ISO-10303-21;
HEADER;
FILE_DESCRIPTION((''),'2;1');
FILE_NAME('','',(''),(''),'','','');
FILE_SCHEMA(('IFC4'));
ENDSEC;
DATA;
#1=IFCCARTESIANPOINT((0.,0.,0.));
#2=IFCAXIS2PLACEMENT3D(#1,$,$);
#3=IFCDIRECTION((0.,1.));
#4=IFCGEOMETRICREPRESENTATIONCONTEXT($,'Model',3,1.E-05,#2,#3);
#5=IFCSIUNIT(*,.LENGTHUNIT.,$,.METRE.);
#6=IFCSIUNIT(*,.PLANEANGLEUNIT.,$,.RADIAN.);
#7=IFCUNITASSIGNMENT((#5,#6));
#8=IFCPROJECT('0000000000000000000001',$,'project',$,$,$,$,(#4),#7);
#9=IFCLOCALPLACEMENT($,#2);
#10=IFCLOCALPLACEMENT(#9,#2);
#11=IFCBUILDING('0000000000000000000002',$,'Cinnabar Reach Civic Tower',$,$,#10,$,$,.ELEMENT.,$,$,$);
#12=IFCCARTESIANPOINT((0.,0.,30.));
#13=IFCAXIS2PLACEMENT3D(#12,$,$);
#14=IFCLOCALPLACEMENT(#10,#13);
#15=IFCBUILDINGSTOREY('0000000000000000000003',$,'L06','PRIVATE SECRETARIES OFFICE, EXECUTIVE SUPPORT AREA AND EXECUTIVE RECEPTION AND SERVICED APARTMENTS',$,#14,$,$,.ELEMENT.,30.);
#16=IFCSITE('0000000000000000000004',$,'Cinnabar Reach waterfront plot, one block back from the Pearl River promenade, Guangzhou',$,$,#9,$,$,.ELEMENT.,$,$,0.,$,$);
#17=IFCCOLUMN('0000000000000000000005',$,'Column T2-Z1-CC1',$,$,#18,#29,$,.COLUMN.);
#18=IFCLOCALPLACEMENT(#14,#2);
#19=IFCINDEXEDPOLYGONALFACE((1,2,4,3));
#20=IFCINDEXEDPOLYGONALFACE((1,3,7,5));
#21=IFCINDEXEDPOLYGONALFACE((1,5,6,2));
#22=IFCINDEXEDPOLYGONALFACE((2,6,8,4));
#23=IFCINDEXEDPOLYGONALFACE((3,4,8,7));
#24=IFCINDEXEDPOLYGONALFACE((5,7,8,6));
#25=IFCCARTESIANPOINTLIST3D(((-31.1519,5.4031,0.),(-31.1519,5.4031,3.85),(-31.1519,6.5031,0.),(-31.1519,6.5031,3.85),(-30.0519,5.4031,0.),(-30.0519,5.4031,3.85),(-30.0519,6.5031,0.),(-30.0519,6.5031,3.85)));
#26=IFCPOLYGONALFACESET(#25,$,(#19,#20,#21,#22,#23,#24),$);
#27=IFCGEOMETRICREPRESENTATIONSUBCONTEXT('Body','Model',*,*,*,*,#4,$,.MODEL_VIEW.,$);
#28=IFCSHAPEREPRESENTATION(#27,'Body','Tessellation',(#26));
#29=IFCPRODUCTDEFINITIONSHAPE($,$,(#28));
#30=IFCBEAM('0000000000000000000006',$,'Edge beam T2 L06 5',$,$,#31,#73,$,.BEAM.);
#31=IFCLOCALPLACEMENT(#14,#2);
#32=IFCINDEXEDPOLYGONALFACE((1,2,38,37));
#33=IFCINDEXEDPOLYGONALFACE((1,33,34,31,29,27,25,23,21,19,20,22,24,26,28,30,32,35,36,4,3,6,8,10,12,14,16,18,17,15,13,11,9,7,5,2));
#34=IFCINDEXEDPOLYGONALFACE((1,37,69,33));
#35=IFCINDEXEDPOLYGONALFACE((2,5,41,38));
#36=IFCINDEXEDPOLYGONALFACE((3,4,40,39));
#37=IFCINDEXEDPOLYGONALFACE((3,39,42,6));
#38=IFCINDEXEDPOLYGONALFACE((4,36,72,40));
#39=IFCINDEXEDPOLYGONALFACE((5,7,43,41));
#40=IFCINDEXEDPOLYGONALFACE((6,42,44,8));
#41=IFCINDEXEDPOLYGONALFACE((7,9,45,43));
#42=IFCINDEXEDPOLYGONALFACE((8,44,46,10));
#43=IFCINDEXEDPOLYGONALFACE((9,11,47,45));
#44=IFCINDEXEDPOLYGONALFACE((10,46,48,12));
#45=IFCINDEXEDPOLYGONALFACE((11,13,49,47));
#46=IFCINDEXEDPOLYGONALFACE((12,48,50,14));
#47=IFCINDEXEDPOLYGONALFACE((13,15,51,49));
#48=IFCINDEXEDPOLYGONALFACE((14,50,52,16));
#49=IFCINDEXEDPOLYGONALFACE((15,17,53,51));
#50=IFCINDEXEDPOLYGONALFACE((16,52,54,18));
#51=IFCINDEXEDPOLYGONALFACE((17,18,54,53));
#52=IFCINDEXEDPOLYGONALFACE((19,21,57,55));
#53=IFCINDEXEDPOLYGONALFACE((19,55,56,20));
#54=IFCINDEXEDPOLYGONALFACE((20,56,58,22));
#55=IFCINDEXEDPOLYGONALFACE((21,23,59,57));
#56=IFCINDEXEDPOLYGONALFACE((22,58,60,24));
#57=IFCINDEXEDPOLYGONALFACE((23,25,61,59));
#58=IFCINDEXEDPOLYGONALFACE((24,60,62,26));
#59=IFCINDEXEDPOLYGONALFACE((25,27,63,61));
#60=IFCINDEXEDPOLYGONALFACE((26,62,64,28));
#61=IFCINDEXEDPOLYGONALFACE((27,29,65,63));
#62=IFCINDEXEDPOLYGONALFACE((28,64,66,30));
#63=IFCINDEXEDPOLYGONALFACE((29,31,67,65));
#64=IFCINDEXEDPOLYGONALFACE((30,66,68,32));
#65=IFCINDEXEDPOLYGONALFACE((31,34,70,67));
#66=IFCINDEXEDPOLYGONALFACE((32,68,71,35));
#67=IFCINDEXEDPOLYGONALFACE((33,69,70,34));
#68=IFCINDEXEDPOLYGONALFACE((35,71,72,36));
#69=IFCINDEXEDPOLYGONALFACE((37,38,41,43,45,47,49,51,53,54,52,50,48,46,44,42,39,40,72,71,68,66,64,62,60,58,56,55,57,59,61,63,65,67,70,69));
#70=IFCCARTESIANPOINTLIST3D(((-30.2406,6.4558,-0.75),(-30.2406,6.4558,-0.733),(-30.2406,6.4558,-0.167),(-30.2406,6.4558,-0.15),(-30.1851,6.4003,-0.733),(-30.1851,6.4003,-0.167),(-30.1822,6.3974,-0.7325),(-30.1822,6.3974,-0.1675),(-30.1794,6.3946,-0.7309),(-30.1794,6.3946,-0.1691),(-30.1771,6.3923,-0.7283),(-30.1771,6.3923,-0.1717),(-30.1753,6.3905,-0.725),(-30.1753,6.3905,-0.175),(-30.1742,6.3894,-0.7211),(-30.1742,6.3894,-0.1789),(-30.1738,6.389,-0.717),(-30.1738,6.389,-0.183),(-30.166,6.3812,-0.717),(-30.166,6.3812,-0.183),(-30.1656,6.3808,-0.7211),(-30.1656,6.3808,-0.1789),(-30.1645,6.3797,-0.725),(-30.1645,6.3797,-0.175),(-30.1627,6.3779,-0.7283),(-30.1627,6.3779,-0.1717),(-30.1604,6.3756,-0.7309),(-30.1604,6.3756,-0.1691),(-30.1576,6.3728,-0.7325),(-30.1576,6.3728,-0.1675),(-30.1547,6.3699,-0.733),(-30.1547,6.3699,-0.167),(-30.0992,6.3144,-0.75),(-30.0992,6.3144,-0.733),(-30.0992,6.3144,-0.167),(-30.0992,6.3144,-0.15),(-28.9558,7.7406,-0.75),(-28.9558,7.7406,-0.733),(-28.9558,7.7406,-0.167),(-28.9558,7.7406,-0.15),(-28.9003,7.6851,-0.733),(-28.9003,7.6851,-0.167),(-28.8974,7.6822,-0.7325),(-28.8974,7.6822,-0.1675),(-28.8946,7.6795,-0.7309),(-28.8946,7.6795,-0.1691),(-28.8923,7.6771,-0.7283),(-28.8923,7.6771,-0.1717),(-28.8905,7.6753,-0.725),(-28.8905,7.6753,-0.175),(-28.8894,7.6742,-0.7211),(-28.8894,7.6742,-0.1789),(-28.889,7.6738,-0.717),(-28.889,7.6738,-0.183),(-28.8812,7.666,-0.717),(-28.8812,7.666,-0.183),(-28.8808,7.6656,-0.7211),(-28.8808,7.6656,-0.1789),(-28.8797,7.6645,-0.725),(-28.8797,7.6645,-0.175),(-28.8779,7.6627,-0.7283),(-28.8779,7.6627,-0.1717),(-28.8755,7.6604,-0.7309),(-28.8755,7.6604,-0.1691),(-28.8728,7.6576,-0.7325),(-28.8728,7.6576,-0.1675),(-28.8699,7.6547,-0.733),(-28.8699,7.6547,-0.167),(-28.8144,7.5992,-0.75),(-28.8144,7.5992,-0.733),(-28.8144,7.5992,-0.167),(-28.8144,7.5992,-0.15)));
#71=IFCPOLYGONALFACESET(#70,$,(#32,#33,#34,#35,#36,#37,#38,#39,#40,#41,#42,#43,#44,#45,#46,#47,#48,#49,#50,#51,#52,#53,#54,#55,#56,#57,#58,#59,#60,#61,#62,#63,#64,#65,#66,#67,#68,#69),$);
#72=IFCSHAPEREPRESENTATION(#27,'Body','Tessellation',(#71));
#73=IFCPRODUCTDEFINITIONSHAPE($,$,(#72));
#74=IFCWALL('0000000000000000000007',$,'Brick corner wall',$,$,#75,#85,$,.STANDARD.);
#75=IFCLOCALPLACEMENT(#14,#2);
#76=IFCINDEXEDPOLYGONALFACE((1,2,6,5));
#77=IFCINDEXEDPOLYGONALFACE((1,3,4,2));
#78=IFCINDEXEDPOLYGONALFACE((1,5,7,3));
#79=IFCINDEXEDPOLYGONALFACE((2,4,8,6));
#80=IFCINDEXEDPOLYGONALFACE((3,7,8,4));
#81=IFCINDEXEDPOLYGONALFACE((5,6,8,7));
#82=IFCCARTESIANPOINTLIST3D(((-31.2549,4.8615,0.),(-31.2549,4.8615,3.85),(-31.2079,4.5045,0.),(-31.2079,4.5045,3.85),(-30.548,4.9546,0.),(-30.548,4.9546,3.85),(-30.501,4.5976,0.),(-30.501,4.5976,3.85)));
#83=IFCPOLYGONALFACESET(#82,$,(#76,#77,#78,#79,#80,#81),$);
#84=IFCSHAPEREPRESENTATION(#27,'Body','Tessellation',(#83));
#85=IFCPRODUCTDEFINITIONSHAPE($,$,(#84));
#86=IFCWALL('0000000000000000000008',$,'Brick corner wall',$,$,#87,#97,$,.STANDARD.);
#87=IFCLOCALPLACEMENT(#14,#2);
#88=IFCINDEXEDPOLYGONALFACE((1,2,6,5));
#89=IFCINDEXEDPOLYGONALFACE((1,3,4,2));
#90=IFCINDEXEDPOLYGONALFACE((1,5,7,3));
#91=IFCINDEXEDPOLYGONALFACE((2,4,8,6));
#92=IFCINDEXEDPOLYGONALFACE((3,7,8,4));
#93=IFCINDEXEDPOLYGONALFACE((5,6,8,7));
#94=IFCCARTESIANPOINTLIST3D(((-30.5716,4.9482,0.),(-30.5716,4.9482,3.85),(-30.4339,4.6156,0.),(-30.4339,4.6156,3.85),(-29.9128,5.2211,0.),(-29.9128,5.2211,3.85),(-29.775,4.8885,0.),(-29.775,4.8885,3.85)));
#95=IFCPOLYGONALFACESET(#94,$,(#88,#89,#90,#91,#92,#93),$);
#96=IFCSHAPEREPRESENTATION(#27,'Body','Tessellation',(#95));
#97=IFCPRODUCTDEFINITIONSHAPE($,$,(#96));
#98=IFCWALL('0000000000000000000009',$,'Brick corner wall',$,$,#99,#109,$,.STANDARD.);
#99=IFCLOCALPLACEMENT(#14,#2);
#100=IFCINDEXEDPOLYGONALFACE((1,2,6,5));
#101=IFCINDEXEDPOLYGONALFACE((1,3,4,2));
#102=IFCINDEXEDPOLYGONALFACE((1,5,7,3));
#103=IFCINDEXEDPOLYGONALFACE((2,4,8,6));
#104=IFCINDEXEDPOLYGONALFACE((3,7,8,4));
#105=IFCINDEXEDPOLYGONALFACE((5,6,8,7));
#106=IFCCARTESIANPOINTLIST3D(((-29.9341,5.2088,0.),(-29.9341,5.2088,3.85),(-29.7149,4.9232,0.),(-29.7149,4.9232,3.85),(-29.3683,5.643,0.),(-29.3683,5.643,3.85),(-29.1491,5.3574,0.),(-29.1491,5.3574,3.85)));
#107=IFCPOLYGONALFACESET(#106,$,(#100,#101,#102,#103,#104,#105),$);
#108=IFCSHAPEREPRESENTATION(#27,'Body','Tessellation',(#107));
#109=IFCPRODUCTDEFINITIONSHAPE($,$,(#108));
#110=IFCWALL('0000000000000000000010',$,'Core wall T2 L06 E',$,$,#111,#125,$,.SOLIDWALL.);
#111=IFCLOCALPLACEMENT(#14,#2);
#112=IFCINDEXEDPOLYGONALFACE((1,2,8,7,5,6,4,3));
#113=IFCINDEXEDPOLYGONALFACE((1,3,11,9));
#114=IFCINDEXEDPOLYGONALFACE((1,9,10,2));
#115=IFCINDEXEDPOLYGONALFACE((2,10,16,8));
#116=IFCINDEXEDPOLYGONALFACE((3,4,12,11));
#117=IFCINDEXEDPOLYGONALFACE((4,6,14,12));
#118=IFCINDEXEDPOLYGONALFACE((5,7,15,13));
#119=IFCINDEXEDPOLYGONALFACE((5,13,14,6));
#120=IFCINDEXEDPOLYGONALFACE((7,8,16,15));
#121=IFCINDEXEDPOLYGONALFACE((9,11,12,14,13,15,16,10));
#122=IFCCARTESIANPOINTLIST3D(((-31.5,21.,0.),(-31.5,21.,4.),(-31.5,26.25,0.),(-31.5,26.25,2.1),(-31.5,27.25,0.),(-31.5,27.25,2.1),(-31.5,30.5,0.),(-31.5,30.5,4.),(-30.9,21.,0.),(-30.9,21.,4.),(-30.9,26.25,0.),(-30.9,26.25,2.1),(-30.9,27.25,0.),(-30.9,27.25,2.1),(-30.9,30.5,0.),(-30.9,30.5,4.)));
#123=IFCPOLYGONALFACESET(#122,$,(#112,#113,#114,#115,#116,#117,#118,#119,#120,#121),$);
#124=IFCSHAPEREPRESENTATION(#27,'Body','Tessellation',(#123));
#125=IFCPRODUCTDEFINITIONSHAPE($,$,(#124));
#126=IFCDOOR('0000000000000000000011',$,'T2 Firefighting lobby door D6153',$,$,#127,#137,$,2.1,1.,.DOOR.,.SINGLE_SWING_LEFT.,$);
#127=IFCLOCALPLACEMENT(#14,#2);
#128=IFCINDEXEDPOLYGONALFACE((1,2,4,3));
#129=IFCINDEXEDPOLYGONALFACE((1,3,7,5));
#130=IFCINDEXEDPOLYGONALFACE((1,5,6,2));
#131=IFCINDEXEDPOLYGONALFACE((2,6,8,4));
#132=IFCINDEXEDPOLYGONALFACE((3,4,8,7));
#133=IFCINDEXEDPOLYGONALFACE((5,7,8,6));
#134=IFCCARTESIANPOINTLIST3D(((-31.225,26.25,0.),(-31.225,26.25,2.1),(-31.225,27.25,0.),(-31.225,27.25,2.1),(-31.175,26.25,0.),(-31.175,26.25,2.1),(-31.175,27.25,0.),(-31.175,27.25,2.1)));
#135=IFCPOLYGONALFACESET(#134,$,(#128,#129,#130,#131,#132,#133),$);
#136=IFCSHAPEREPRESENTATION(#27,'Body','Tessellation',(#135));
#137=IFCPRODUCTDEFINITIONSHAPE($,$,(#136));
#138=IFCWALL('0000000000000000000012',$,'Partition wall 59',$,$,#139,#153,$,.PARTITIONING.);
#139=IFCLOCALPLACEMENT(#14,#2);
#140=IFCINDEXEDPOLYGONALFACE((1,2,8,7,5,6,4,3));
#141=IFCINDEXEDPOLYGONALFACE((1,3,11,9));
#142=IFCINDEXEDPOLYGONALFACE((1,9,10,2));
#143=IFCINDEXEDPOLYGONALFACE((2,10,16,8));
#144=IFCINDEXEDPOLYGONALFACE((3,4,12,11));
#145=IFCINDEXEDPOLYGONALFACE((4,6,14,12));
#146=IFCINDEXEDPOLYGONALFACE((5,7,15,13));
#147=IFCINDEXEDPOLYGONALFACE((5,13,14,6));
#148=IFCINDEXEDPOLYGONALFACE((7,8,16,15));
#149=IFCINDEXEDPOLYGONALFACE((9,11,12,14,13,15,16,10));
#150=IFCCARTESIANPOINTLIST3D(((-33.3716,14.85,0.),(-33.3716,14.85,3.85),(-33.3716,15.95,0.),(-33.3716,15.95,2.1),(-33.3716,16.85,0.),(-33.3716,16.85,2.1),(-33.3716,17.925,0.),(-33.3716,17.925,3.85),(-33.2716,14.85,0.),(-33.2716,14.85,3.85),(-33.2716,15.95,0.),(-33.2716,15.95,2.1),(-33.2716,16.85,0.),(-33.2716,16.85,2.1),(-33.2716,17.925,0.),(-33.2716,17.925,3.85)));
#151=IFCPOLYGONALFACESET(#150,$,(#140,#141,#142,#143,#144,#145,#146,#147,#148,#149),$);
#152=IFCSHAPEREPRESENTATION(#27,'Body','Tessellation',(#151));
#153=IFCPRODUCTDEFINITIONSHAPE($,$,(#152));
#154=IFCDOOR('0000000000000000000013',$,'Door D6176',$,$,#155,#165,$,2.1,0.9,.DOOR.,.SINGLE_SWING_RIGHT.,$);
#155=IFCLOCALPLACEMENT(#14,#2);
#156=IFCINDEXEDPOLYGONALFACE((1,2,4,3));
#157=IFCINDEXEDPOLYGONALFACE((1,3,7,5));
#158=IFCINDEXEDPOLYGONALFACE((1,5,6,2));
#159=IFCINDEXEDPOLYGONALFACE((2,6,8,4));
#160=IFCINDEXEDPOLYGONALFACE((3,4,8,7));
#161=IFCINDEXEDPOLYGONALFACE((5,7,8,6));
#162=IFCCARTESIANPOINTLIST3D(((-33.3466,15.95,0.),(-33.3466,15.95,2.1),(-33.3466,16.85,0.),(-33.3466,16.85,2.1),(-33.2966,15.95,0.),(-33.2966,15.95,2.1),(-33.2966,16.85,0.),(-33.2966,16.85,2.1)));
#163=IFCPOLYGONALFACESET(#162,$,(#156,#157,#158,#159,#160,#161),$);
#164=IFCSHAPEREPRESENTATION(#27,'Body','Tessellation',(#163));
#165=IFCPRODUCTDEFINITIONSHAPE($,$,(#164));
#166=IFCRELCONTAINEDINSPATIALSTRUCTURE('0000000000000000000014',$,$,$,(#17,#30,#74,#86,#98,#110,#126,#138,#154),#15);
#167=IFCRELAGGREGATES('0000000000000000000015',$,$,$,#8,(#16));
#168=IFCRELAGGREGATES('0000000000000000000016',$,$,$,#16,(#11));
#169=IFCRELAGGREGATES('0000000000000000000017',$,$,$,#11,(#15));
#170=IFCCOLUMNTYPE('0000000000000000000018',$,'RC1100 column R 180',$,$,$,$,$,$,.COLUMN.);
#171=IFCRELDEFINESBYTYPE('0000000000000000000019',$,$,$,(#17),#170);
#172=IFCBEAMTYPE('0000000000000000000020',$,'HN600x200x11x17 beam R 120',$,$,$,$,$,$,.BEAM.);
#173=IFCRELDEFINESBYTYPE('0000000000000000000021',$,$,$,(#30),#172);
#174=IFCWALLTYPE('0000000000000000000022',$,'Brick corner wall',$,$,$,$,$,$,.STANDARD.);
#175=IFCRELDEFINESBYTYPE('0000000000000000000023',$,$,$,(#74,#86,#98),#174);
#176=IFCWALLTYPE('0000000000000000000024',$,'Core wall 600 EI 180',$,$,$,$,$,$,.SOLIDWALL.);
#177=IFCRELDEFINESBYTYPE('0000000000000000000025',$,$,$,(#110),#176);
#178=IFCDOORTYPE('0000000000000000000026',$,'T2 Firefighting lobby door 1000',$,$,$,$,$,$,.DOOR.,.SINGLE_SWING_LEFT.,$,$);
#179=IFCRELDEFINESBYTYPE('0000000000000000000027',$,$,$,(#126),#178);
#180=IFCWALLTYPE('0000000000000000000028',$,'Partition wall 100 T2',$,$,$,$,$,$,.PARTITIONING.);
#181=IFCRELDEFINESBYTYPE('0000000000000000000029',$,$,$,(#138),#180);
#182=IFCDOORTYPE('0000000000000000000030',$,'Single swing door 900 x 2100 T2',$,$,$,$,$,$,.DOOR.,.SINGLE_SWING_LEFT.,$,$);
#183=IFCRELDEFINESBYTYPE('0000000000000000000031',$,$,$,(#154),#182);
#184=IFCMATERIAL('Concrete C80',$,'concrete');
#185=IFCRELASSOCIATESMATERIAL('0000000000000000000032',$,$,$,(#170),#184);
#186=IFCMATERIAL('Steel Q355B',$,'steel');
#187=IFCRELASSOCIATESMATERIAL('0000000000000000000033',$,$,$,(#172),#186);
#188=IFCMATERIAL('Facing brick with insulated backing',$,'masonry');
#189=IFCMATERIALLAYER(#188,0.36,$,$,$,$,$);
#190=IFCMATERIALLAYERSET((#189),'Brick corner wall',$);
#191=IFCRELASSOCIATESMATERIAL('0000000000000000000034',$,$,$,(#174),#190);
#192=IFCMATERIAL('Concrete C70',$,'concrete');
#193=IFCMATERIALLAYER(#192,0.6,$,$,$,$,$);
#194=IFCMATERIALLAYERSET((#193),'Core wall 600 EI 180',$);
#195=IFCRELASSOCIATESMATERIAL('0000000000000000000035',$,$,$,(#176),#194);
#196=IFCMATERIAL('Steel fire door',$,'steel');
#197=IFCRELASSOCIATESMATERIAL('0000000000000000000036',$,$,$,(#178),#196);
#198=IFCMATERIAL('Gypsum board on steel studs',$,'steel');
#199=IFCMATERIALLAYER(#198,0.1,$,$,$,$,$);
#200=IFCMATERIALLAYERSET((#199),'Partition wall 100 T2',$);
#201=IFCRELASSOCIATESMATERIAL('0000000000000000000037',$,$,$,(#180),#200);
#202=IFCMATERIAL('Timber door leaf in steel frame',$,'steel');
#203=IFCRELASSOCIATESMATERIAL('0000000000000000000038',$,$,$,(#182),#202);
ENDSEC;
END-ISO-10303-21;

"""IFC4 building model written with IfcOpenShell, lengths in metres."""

from ifc_helpers import new_model, si_unit, direction, frame, frame_2d, origin, origin_2d, place, context, subcontext, project, spatial, rectangle, i_section, extrude, material, layer, layer_set, material_profile, profile_set, type_object, element, fill, save


model = new_model("IFC4")

# Units and contexts
model_context = context("Model", 3, precision=1e-05, world=origin(), true_north=direction((0.0, 1.0)))
body_context = subcontext(model_context, "Body", "Model", "MODEL_VIEW")
ifc_project = project(units=[si_unit("LENGTHUNIT", "METRE"), si_unit("PLANEANGLEUNIT", "RADIAN")], contexts=[model_context])

# Site, building, storey
site_placement = place(None, origin())
site = spatial("IfcSite", under=ifc_project, at=site_placement, Name="Cinnabar Reach waterfront plot, one block back from the Pearl River promenade, Guangzhou", CompositionType="ELEMENT", RefElevation=0.0)
building_placement = place(site_placement, origin())
building = spatial("IfcBuilding", under=site, at=building_placement, Name="Cinnabar Reach Civic Tower", CompositionType="ELEMENT")
storey_placement = place(building_placement, frame((0.0, 0.0, 30.0)))
storey = spatial("IfcBuildingStorey", under=building, at=storey_placement, Name="L06", Description="PRIVATE SECRETARIES OFFICE, EXECUTIVE SUPPORT AREA AND EXECUTIVE RECEPTION AND SERVICED APARTMENTS", CompositionType="ELEMENT", Elevation=30.0)

# Column
ifc_material_1 = material(Name="Concrete C80", Category="concrete")
ifc_material_profile_1 = material_profile(ifc_material_1, rectangle(XDim=1.1, YDim=1.1, at=origin_2d()), Name="RC1100")
ifc_profile_set_1 = profile_set([ifc_material_profile_1], Name="Concrete C80")
column_type = type_object("IfcColumnType", Name="RC1100 column R 180", PredefinedType="COLUMN", material=ifc_profile_set_1)
column_placement = place(storey_placement, frame((-30.6019, 5.9531, 0.0), z_axis=(0.0, 0.0, 1.0), x_axis=(1.0, 0.0, 0.0)))
element("IfcColumn", 1, at=column_placement, inside=storey, type_object=column_type, Name="Column T2-Z1-CC1", PredefinedType="COLUMN", context=body_context, shape_type="SweptSolid", body=[
    extrude(rectangle(XDim=1.1, YDim=1.1, at=origin_2d()), origin(), (0.0, 0.0, 1.0), 3.85),
])

# Beam
ifc_material_2 = material(Name="Steel Q355B", Category="steel")
ifc_material_profile_2 = material_profile(ifc_material_2, i_section(OverallWidth=0.2, OverallDepth=0.6, WebThickness=0.011, FlangeThickness=0.017, FilletRadius=0.016, at=origin_2d()), Name="HN600x200x11x17")
ifc_profile_set_2 = profile_set([ifc_material_profile_2], Name="Steel Q355B")
beam_type = type_object("IfcBeamType", Name="HN600x200x11x17 beam R 120", PredefinedType="BEAM", material=ifc_profile_set_2)
beam_placement = place(storey_placement, frame((-30.1699, 6.3851, -0.45), z_axis=(0.707107, 0.707107, 0.0), x_axis=(-0.707107, 0.707107, 0.0)))
element("IfcBeam", 2, at=beam_placement, inside=storey, type_object=beam_type, Name="Edge beam T2 L06 5", PredefinedType="BEAM", context=body_context, shape_type="SweptSolid", body=[
    extrude(i_section(OverallWidth=0.2, OverallDepth=0.6, WebThickness=0.011, FlangeThickness=0.017, FilletRadius=0.016, at=origin_2d()), origin(), (0.0, 0.0, 1.0), 1.817),
])

# Walls
ifc_material_3 = material(Name="Facing brick with insulated backing", Category="masonry")
ifc_layer_1 = layer(ifc_material_3, 0.36)
ifc_layer_set_1 = layer_set([ifc_layer_1], Name="Brick corner wall")
wall_type_1 = type_object("IfcWallType", Name="Brick corner wall", PredefinedType="STANDARD", material=ifc_layer_set_1)
for number, where, z_axis, x_axis, name in (
    (3, (-31.2314, 4.683, 0.0), (0.0, 0.0, 1.0), (0.991441, 0.130556, 0.0), "Brick corner wall"),
    (4, (-30.5027, 4.7819, 0.0), (0.0, 0.0, 1.0), (0.923872, 0.382703, 0.0), "Brick corner wall"),
):
    element("IfcWall", number, at=place(storey_placement, frame(where, z_axis=z_axis, x_axis=x_axis)), inside=storey, type_object=wall_type_1, Name=name, PredefinedType="STANDARD", context=body_context, shape_type="SweptSolid", body=[
        extrude(rectangle(XDim=0.7131, YDim=0.36, at=frame_2d((0.3565, 0.0))), origin(), (0.0, 0.0, 1.0), 3.85),
    ])
wall_1_placement = place(storey_placement, frame((-29.8245, 5.066, 0.0), z_axis=(0.0, 0.0, 1.0), x_axis=(0.793322, 0.608802, 0.0)))
element("IfcWall", 5, at=wall_1_placement, inside=storey, type_object=wall_type_1, Name="Brick corner wall", PredefinedType="STANDARD", context=body_context, shape_type="SweptSolid", body=[
    extrude(rectangle(XDim=0.7132, YDim=0.36, at=frame_2d((0.3566, 0.0))), origin(), (0.0, 0.0, 1.0), 3.85),
])

# Walls, openings, doors
ifc_material_4 = material(Name="Concrete C70", Category="concrete")
ifc_layer_2 = layer(ifc_material_4, 0.6)
ifc_layer_set_2 = layer_set([ifc_layer_2], Name="Core wall 600 EI 180")
wall_type_2 = type_object("IfcWallType", Name="Core wall 600 EI 180", PredefinedType="SOLIDWALL", material=ifc_layer_set_2)
wall_2_placement = place(storey_placement, frame((-31.2, 21.0, 0.0), z_axis=(0.0, 0.0, 1.0), x_axis=(0.0, 1.0, 0.0)))
wall_2 = element("IfcWall", 6, at=wall_2_placement, inside=storey, type_object=wall_type_2, Name="Core wall T2 L06 E", PredefinedType="SOLIDWALL", context=body_context, shape_type="SweptSolid", body=[
    extrude(rectangle(XDim=9.5, YDim=0.6, at=frame_2d((4.75, 0.0))), origin(), (0.0, 0.0, 1.0), 4.0),
])
opening_1_placement = place(wall_2_placement, frame((5.25, 0.0, 0.0)))
opening_1 = element("IfcOpeningElement", 7, at=opening_1_placement, cuts=wall_2, PredefinedType="OPENING", context=body_context, shape_type="SweptSolid", body=[
    extrude(rectangle(XDim=1.0, YDim=2.1, at=frame_2d((0.5, 1.05))), frame((0.0, 0.31, 0.0), z_axis=(0.0, -1.0, 0.0), x_axis=(1.0, 0.0, 0.0)), (0.0, 0.0, 1.0), 0.62),
])
ifc_material_5 = material(Name="Steel fire door", Category="steel")
door_type_1 = type_object("IfcDoorType", Name="T2 Firefighting lobby door 1000", OperationType="SINGLE_SWING_LEFT", PredefinedType="DOOR", material=ifc_material_5)
door_1_placement = place(opening_1_placement, frame((1.0, 0.0, 0.0), z_axis=(0.0, 0.0, 1.0), x_axis=(-1.0, 0.0, 0.0)))
door_1 = element("IfcDoor", 8, at=door_1_placement, inside=storey, type_object=door_type_1, Name="T2 Firefighting lobby door D6153", OperationType="SINGLE_SWING_LEFT", OverallHeight=2.1, OverallWidth=1.0, PredefinedType="DOOR", context=body_context, shape_type="SweptSolid", body=[
    extrude(rectangle(XDim=1.0, YDim=2.1, at=frame_2d((0.5, 1.05))), frame((0.0, 0.025, 0.0), z_axis=(0.0, -1.0, 0.0), x_axis=(1.0, 0.0, 0.0)), (0.0, 0.0, 1.0), 0.05),
])
fill(opening_1, door_1)
ifc_material_6 = material(Name="Gypsum board on steel studs", Category="steel")
ifc_layer_3 = layer(ifc_material_6, 0.1)
ifc_layer_set_3 = layer_set([ifc_layer_3], Name="Partition wall 100 T2")
wall_type_3 = type_object("IfcWallType", Name="Partition wall 100 T2", PredefinedType="PARTITIONING", material=ifc_layer_set_3)
wall_3_placement = place(storey_placement, frame((-33.3216, 14.85, 0.0), z_axis=(0.0, 0.0, 1.0), x_axis=(0.0, 1.0, 0.0)))
wall_3 = element("IfcWall", 9, at=wall_3_placement, inside=storey, type_object=wall_type_3, Name="Partition wall 59", PredefinedType="PARTITIONING", context=body_context, shape_type="SweptSolid", body=[
    extrude(rectangle(XDim=3.075, YDim=0.1, at=frame_2d((1.5375, 0.0))), origin(), (0.0, 0.0, 1.0), 3.85),
])
opening_2_placement = place(wall_3_placement, frame((1.1, 0.0, 0.0)))
opening_2 = element("IfcOpeningElement", 10, at=opening_2_placement, cuts=wall_3, PredefinedType="OPENING", context=body_context, shape_type="SweptSolid", body=[
    extrude(rectangle(XDim=0.9, YDim=2.1, at=frame_2d((0.45, 1.05))), frame((0.0, 0.06, 0.0), z_axis=(0.0, -1.0, 0.0), x_axis=(1.0, 0.0, 0.0)), (0.0, 0.0, 1.0), 0.12),
])
ifc_material_7 = material(Name="Timber door leaf in steel frame", Category="steel")
door_type_2 = type_object("IfcDoorType", Name="Single swing door 900 x 2100 T2", OperationType="SINGLE_SWING_LEFT", PredefinedType="DOOR", material=ifc_material_7)
door_2_placement = place(opening_2_placement, origin())
door_2 = element("IfcDoor", 11, at=door_2_placement, inside=storey, type_object=door_type_2, Name="Door D6176", OperationType="SINGLE_SWING_RIGHT", OverallHeight=2.1, OverallWidth=0.9, PredefinedType="DOOR", context=body_context, shape_type="SweptSolid", body=[
    extrude(rectangle(XDim=0.9, YDim=2.1, at=frame_2d((0.45, 1.05))), frame((0.0, 0.025, 0.0), z_axis=(0.0, -1.0, 0.0), x_axis=(1.0, 0.0, 0.0)), (0.0, 0.0, 1.0), 0.05),
])
fill(opening_2, door_2)

save(model, "model.ifc")
